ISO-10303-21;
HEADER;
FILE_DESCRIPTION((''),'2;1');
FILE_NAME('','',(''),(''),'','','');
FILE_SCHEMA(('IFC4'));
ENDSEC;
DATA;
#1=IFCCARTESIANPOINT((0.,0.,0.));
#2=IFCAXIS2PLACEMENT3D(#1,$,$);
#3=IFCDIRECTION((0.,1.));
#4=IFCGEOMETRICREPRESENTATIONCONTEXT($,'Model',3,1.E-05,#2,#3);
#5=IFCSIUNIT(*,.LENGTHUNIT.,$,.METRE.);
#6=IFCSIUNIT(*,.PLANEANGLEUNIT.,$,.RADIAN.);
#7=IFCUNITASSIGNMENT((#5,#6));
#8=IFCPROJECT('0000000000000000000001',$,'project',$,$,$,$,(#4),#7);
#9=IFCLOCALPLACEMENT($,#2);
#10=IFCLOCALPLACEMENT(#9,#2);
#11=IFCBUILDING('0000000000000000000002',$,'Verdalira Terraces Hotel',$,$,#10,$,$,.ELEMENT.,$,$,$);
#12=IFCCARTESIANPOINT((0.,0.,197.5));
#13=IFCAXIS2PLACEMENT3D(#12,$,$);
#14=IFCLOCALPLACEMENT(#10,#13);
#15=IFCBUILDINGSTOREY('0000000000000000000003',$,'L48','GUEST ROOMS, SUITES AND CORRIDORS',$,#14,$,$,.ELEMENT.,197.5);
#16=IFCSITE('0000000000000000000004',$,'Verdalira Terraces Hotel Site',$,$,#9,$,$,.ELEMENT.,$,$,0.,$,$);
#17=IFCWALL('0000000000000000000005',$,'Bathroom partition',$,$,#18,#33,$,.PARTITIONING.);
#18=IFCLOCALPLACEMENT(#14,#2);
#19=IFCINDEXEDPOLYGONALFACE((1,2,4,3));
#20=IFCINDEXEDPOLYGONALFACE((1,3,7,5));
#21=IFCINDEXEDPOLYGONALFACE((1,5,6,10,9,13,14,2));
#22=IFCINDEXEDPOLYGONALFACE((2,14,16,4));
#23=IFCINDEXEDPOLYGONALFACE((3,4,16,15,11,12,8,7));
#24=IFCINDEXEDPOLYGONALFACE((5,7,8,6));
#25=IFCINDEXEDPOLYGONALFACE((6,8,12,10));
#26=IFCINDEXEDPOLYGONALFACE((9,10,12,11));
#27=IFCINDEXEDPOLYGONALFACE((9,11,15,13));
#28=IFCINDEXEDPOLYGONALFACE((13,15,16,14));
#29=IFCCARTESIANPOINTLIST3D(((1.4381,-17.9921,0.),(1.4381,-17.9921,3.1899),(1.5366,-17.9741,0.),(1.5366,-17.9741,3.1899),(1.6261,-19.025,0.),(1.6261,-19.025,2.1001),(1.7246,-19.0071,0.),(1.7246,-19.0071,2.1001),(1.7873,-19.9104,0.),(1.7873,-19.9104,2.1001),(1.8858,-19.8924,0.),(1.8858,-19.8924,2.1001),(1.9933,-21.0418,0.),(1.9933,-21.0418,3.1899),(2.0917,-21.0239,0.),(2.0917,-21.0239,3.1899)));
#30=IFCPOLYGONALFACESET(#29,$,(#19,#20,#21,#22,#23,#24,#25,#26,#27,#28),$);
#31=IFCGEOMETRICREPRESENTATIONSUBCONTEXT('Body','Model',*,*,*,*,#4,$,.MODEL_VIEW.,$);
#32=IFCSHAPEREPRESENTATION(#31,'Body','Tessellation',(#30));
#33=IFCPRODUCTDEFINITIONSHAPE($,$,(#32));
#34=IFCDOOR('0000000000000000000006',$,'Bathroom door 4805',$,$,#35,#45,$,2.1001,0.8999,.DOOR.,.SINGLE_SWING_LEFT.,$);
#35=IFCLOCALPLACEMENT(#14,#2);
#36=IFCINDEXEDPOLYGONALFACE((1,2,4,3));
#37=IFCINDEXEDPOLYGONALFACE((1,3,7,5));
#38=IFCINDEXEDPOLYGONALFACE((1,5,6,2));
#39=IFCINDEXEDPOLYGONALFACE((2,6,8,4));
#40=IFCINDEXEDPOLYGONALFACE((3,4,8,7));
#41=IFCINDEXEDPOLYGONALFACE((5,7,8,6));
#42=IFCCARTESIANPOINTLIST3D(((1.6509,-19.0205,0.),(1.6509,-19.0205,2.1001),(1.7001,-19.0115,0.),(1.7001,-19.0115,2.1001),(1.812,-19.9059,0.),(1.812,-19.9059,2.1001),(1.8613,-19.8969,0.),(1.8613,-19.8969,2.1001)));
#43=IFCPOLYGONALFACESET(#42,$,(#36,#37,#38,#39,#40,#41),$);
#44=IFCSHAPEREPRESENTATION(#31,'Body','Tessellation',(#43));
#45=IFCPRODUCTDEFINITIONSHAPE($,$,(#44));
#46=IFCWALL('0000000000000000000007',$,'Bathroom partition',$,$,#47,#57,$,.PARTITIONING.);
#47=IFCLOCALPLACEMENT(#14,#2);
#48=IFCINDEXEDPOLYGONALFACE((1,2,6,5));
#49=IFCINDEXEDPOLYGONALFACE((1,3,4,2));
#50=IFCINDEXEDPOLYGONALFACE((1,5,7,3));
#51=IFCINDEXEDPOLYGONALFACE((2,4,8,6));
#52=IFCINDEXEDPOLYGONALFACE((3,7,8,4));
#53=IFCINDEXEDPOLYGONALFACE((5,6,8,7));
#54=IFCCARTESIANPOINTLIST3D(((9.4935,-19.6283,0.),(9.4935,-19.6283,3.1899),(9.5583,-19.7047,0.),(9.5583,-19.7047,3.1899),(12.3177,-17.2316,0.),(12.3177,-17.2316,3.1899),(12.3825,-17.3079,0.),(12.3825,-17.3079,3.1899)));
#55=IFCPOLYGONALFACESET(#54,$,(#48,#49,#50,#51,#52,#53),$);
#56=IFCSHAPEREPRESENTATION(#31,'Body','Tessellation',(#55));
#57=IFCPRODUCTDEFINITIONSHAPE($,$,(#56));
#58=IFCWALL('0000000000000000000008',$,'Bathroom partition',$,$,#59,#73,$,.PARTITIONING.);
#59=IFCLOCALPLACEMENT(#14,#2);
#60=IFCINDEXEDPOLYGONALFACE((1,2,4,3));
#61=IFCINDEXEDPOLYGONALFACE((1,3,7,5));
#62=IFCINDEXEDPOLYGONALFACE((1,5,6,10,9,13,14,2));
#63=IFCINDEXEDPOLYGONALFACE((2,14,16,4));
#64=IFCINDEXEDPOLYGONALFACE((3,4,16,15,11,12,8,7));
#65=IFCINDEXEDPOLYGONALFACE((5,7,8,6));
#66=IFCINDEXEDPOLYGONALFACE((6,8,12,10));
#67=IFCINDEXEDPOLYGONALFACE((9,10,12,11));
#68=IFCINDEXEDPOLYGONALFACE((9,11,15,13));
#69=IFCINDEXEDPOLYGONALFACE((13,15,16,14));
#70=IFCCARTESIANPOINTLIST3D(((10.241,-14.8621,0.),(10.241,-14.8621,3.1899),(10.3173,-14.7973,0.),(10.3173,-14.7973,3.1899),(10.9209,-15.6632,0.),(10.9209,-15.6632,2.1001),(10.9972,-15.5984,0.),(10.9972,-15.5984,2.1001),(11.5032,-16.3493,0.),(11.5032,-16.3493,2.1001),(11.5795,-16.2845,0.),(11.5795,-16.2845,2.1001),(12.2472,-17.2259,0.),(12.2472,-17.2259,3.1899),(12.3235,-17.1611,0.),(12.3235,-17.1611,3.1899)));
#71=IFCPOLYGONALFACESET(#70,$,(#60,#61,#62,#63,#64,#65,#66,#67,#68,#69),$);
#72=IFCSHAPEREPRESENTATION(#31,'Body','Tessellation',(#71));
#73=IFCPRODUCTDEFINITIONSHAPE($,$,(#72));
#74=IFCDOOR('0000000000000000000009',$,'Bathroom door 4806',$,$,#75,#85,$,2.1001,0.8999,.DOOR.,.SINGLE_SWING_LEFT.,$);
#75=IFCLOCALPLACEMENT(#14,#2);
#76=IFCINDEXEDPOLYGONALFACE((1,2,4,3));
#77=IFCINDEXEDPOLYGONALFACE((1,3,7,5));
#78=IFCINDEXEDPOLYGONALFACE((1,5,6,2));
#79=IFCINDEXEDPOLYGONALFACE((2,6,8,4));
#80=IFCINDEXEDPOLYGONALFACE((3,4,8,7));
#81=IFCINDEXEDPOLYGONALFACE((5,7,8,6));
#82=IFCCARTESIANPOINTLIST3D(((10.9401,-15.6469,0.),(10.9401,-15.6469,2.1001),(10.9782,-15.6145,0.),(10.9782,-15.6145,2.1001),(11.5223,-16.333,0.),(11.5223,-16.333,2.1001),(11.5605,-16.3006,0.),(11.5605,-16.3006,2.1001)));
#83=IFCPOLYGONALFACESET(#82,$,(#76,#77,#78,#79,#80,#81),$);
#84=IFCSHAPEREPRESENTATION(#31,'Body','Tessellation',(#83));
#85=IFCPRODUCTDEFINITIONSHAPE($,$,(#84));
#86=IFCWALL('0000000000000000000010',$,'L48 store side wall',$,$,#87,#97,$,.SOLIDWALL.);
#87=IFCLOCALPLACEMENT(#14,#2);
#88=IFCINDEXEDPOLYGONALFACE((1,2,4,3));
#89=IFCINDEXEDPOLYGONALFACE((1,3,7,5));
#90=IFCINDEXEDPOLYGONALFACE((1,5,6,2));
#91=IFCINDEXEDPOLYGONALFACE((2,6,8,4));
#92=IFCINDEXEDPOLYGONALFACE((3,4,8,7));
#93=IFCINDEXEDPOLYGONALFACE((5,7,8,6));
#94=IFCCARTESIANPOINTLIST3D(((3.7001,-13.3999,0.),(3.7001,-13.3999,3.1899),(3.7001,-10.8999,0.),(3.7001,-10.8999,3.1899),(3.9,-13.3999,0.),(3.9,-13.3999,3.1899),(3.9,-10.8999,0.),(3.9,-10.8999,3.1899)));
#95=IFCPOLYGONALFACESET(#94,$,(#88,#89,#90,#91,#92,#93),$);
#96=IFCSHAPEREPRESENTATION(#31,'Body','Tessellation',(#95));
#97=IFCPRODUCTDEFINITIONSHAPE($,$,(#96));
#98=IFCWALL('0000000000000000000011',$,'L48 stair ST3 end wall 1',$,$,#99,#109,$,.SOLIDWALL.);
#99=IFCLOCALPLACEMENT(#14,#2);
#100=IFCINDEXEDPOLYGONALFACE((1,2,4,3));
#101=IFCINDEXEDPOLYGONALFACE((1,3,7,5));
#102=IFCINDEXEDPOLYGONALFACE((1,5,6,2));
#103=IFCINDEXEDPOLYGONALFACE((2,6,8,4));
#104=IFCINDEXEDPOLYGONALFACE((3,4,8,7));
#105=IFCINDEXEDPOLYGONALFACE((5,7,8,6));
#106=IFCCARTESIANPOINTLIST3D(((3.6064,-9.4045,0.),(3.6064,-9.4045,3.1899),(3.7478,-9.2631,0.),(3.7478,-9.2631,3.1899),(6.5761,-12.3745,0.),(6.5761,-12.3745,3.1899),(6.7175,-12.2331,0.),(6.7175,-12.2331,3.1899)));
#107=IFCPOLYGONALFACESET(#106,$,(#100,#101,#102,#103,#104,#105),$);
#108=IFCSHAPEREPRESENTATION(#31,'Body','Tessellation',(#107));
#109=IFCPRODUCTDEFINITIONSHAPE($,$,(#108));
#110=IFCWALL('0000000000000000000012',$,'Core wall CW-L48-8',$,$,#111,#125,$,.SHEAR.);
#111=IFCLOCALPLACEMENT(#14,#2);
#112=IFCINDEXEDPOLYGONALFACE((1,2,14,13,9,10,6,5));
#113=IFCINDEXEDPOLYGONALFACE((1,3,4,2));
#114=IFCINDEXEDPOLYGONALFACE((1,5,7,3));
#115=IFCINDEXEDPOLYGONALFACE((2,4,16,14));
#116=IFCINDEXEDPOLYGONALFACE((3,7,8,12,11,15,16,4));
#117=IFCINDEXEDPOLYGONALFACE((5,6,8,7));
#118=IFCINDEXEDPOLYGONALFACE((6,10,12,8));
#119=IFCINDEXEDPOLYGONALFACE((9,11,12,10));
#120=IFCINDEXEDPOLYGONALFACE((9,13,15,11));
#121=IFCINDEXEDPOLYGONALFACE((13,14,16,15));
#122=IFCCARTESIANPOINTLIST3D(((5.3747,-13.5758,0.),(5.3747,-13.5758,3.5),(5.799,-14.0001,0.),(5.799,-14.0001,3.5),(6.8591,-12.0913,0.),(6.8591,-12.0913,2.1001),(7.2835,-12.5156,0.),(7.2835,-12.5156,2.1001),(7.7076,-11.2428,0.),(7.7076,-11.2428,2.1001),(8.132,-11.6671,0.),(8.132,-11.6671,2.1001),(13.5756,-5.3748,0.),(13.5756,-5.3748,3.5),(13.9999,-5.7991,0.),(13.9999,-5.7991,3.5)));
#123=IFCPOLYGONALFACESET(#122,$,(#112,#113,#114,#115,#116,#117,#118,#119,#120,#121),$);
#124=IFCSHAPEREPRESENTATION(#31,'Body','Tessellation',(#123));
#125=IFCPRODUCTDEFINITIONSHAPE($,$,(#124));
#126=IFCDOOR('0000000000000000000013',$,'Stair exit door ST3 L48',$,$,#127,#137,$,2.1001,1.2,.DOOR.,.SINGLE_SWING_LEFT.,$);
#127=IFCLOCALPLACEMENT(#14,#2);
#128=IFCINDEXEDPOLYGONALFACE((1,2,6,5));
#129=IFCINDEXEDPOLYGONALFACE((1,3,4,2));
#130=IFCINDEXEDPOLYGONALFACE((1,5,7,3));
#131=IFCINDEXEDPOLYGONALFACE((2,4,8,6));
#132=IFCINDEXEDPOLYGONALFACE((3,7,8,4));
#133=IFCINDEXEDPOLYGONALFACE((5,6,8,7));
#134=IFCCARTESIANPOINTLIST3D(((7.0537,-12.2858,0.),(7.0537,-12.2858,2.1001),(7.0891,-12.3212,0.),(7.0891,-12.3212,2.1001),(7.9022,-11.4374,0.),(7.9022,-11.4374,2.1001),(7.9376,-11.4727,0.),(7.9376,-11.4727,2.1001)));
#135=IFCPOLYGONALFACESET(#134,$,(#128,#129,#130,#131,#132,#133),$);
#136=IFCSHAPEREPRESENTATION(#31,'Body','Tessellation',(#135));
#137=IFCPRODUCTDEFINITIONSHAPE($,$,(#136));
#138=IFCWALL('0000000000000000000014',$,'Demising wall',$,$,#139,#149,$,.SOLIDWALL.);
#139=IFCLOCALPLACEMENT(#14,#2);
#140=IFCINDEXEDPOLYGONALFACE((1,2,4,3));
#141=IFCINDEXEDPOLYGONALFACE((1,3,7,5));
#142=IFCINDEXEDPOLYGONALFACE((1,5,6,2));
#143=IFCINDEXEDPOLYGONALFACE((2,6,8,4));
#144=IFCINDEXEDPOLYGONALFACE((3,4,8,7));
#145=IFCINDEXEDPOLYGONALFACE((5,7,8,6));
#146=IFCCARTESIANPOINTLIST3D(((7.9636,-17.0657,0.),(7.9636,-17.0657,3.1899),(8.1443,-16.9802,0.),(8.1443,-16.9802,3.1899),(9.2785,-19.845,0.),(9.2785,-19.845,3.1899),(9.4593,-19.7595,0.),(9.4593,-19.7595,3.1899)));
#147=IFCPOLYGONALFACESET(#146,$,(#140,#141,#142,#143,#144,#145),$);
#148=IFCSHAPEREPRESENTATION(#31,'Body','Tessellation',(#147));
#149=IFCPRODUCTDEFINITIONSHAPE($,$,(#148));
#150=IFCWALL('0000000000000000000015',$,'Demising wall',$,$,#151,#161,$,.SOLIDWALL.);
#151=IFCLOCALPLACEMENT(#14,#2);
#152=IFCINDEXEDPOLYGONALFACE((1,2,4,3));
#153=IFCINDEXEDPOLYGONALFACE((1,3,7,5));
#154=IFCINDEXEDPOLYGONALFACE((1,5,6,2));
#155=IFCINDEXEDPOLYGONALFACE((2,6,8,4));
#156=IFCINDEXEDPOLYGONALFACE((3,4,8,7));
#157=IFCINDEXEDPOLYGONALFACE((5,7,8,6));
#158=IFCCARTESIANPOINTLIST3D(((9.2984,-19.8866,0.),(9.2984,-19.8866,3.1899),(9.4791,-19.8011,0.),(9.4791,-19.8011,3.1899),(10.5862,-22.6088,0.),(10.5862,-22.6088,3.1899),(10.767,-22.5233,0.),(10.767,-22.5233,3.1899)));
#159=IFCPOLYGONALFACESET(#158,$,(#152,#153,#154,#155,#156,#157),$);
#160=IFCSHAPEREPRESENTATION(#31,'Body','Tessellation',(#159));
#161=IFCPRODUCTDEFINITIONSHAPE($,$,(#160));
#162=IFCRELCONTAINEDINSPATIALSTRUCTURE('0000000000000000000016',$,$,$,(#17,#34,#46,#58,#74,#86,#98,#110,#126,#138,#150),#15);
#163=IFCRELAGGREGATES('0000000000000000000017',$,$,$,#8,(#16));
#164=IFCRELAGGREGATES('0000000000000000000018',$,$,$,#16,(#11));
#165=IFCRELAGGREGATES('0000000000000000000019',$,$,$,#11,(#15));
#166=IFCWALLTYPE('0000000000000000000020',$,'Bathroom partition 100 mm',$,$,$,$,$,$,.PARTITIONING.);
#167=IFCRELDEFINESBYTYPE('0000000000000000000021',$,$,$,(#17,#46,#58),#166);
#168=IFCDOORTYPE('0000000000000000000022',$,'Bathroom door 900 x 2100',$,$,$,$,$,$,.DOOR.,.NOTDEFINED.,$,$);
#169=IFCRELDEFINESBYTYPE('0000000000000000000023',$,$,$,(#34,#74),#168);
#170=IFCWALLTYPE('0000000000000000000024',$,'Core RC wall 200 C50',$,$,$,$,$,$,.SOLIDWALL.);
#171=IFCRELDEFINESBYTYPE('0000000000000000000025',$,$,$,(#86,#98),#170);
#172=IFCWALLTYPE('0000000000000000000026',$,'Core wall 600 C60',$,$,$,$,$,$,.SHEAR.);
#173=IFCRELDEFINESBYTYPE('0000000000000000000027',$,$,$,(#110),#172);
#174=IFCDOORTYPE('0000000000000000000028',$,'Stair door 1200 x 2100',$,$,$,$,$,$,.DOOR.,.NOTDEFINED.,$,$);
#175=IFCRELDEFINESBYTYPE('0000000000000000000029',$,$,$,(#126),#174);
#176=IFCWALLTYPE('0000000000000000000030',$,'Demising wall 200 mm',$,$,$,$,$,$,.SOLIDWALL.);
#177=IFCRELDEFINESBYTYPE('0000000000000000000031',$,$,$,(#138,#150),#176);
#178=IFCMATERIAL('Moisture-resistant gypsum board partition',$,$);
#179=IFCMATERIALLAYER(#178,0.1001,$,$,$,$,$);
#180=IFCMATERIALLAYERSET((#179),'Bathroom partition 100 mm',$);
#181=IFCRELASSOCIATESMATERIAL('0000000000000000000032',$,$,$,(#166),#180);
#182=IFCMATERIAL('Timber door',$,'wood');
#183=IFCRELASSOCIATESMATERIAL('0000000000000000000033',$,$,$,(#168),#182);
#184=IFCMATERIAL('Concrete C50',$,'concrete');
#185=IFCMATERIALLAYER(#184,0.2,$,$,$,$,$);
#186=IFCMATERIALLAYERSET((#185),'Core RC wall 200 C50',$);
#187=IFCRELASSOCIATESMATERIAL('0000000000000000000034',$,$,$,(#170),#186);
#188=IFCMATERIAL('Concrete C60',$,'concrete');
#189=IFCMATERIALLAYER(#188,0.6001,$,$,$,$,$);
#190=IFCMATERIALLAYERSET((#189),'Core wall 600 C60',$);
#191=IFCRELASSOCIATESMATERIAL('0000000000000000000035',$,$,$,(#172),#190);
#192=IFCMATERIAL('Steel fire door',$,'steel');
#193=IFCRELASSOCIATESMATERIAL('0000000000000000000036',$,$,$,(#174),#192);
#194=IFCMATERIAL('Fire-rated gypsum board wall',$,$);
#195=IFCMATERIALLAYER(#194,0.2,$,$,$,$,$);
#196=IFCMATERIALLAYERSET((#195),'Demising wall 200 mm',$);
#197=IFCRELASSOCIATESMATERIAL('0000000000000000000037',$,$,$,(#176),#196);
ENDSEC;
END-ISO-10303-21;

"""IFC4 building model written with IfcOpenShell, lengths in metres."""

from ifc_helpers import new_model, si_unit, direction, frame, frame_2d, origin, place, context, subcontext, project, spatial, rectangle, extrude, material, layer, layer_set, type_object, element, fill, save


model = new_model("IFC4")

# Units and contexts
model_context = context("Model", 3, precision=1e-05, world=origin(), true_north=direction((0.0, 1.0)))
body_context = subcontext(model_context, "Body", "Model", "MODEL_VIEW")
ifc_project = project(units=[si_unit("LENGTHUNIT", "METRE"), si_unit("PLANEANGLEUNIT", "RADIAN")], contexts=[model_context])

# Site, building, storey
site_placement = place(None, origin())
site = spatial("IfcSite", under=ifc_project, at=site_placement, Name="Verdalira Terraces Hotel Site", CompositionType="ELEMENT", RefElevation=0.0)
building_placement = place(site_placement, origin())
building = spatial("IfcBuilding", under=site, at=building_placement, Name="Verdalira Terraces Hotel", CompositionType="ELEMENT")
storey_placement = place(building_placement, frame((0.0, 0.0, 197.5)))
storey = spatial("IfcBuildingStorey", under=building, at=storey_placement, Name="L48", Description="GUEST ROOMS, SUITES AND CORRIDORS", CompositionType="ELEMENT", Elevation=197.5)

# Shared definitions
ifc_material_1 = material(Name="Moisture-resistant gypsum board partition")
ifc_layer_1 = layer(ifc_material_1, 0.1001)
ifc_layer_set_1 = layer_set([ifc_layer_1], Name="Bathroom partition 100 mm")
wall_type_1 = type_object("IfcWallType", Name="Bathroom partition 100 mm", PredefinedType="PARTITIONING", material=ifc_layer_set_1)

# Wall, opening, door
wall_1_placement = place(storey_placement, frame((2.0425, -21.0327, 0.0), z_axis=(0.0, 0.0, 1.0), x_axis=(-0.179093, 0.983832, 0.0)))
wall_1 = element("IfcWall", 1, at=wall_1_placement, inside=storey, type_object=wall_type_1, Name="Bathroom partition", PredefinedType="PARTITIONING", context=body_context, shape_type="SweptSolid", body=[
    extrude(rectangle(XDim=3.0999, YDim=0.1001, at=frame_2d((1.5498, 0.0))), origin(), (0.0, 0.0, 1.0), 3.1899),
])
opening_1_placement = place(wall_1_placement, frame((1.1499, 0.0, 0.0)))
opening_1 = element("IfcOpeningElement", 2, at=opening_1_placement, cuts=wall_1, PredefinedType="OPENING", context=body_context, shape_type="SweptSolid", body=[
    extrude(rectangle(XDim=0.8999, YDim=2.1001, at=frame_2d((0.45, 1.05))), frame((0.0, 0.0601, 0.0), z_axis=(0.0, -1.0, 0.0), x_axis=(1.0, 0.0, 0.0)), (0.0, 0.0, 1.0), 0.1201),
])
ifc_material_2 = material(Name="Timber door", Category="wood")
door_type_1 = type_object("IfcDoorType", Name="Bathroom door 900 x 2100", OperationType="NOTDEFINED", PredefinedType="DOOR", material=ifc_material_2)
door_1_placement = place(opening_1_placement, origin())
door_1 = element("IfcDoor", 3, at=door_1_placement, inside=storey, type_object=door_type_1, Name="Bathroom door 4805", OperationType="SINGLE_SWING_LEFT", OverallHeight=2.1001, OverallWidth=0.8999, PredefinedType="DOOR", context=body_context, shape_type="SweptSolid", body=[
    extrude(rectangle(XDim=0.8999, YDim=2.1001, at=frame_2d((0.45, 1.05))), frame((0.0, 0.0249, 0.0), z_axis=(0.0, -1.0, 0.0), x_axis=(1.0, 0.0, 0.0)), (0.0, 0.0, 1.0), 0.05),
])
fill(opening_1, door_1)

# Wall
wall_2_placement = place(storey_placement, frame((9.5259, -19.6665, 0.0), z_axis=(0.0, 0.0, 1.0), x_axis=(0.762453, 0.647044, 0.0)))
element("IfcWall", 4, at=wall_2_placement, inside=storey, type_object=wall_type_1, Name="Bathroom partition", PredefinedType="PARTITIONING", context=body_context, shape_type="SweptSolid", body=[
    extrude(rectangle(XDim=3.7041, YDim=0.1001, at=frame_2d((1.8521, 0.0))), origin(), (0.0, 0.0, 1.0), 3.1899),
])

# Wall, opening, door
wall_3_placement = place(storey_placement, frame((12.2854, -17.1936, 0.0), z_axis=(0.0, 0.0, 1.0), x_axis=(-0.647068, 0.762433, 0.0)))
wall_3 = element("IfcWall", 5, at=wall_3_placement, inside=storey, type_object=wall_type_1, Name="Bathroom partition", PredefinedType="PARTITIONING", context=body_context, shape_type="SweptSolid", body=[
    extrude(rectangle(XDim=3.1003, YDim=0.1001, at=frame_2d((1.5503, 0.0))), origin(), (0.0, 0.0, 1.0), 3.1899),
])
opening_2_placement = place(wall_3_placement, frame((1.1499, 0.0, 0.0)))
opening_2 = element("IfcOpeningElement", 6, at=opening_2_placement, cuts=wall_3, PredefinedType="OPENING", context=body_context, shape_type="SweptSolid", body=[
    extrude(rectangle(XDim=0.8999, YDim=2.1001, at=frame_2d((0.45, 1.05))), frame((0.0, 0.0601, 0.0), z_axis=(0.0, -1.0, 0.0), x_axis=(1.0, 0.0, 0.0)), (0.0, 0.0, 1.0), 0.1201),
])
door_2_placement = place(opening_2_placement, origin())
door_2 = element("IfcDoor", 7, at=door_2_placement, inside=storey, type_object=door_type_1, Name="Bathroom door 4806", OperationType="SINGLE_SWING_LEFT", OverallHeight=2.1001, OverallWidth=0.8999, PredefinedType="DOOR", context=body_context, shape_type="SweptSolid", body=[
    extrude(rectangle(XDim=0.8999, YDim=2.1001, at=frame_2d((0.45, 1.05))), frame((0.0, 0.0249, 0.0), z_axis=(0.0, -1.0, 0.0), x_axis=(1.0, 0.0, 0.0)), (0.0, 0.0, 1.0), 0.05),
])
fill(opening_2, door_2)

# Walls
ifc_material_3 = material(Name="Concrete C50", Category="concrete")
ifc_layer_2 = layer(ifc_material_3, 0.2)
ifc_layer_set_2 = layer_set([ifc_layer_2], Name="Core RC wall 200 C50")
wall_type_2 = type_object("IfcWallType", Name="Core RC wall 200 C50", PredefinedType="SOLIDWALL", material=ifc_layer_set_2)
wall_4_placement = place(storey_placement, frame((3.8, -10.8999, 0.0), z_axis=(0.0, 0.0, 1.0), x_axis=(0.0, -1.0, 0.0)))
element("IfcWall", 8, at=wall_4_placement, inside=storey, type_object=wall_type_2, Name="L48 store side wall", PredefinedType="SOLIDWALL", context=body_context, shape_type="SweptSolid", body=[
    extrude(rectangle(XDim=2.5, YDim=0.2, at=frame_2d((1.25, 0.0))), origin(), (0.0, 0.0, 1.0), 3.1899),
])
wall_5_placement = place(storey_placement, frame((3.677, -9.3337, 0.0), z_axis=(0.0, 0.0, 1.0), x_axis=(0.707078, -0.707136, 0.0)))
element("IfcWall", 9, at=wall_5_placement, inside=storey, type_object=wall_type_2, Name="L48 stair ST3 end wall 1", PredefinedType="SOLIDWALL", context=body_context, shape_type="SweptSolid", body=[
    extrude(rectangle(XDim=4.2, YDim=0.2, at=frame_2d((2.1001, 0.0))), origin(), (0.0, 0.0, 1.0), 3.1899),
])

# Wall, opening, door
ifc_material_4 = material(Name="Concrete C60", Category="concrete")
ifc_layer_3 = layer(ifc_material_4, 0.6001)
ifc_layer_set_3 = layer_set([ifc_layer_3], Name="Core wall 600 C60")
wall_type_3 = type_object("IfcWallType", Name="Core wall 600 C60", PredefinedType="SHEAR", material=ifc_layer_set_3)
wall_6_placement = place(storey_placement, frame((5.5869, -13.7878, 0.0), z_axis=(0.0, 0.0, 1.0), x_axis=(0.707107, 0.707107, 0.0)))
wall_6 = element("IfcWall", 10, at=wall_6_placement, inside=storey, type_object=wall_type_3, Name="Core wall CW-L48-8", PredefinedType="SHEAR", context=body_context, shape_type="SweptSolid", body=[
    extrude(rectangle(XDim=11.5979, YDim=0.6001, at=frame_2d((5.7988, 0.0))), origin(), (0.0, 0.0, 1.0), 3.5),
])
opening_3_placement = place(wall_6_placement, frame((2.0991, 0.0, 0.0)))
opening_3 = element("IfcOpeningElement", 11, at=opening_3_placement, cuts=wall_6, PredefinedType="OPENING", context=body_context, shape_type="SweptSolid", body=[
    extrude(rectangle(XDim=1.2, YDim=2.1001, at=frame_2d((0.6001, 1.05))), frame((0.0, 0.3101, 0.0), z_axis=(0.0, -1.0, 0.0), x_axis=(1.0, 0.0, 0.0)), (0.0, 0.0, 1.0), 0.6201),
])
ifc_material_5 = material(Name="Steel fire door", Category="steel")
door_type_2 = type_object("IfcDoorType", Name="Stair door 1200 x 2100", OperationType="NOTDEFINED", PredefinedType="DOOR", material=ifc_material_5)
door_3_placement = place(opening_3_placement, origin())
door_3 = element("IfcDoor", 12, at=door_3_placement, inside=storey, type_object=door_type_2, Name="Stair exit door ST3 L48", OperationType="SINGLE_SWING_LEFT", OverallHeight=2.1001, OverallWidth=1.2, PredefinedType="DOOR", context=body_context, shape_type="SweptSolid", body=[
    extrude(rectangle(XDim=1.2, YDim=2.1001, at=frame_2d((0.6001, 1.05))), frame((0.0, 0.0249, 0.0), z_axis=(0.0, -1.0, 0.0), x_axis=(1.0, 0.0, 0.0)), (0.0, 0.0, 1.0), 0.05),
])
fill(opening_3, door_3)

# Walls
ifc_material_6 = material(Name="Fire-rated gypsum board wall")
ifc_layer_4 = layer(ifc_material_6, 0.2)
ifc_layer_set_4 = layer_set([ifc_layer_4], Name="Demising wall 200 mm")
wall_type_4 = type_object("IfcWallType", Name="Demising wall 200 mm", PredefinedType="SOLIDWALL", material=ifc_layer_set_4)
wall_7_placement = place(storey_placement, frame((8.054, -17.0229, 0.0), z_axis=(0.0, 0.0, 1.0), x_axis=(0.42767, -0.903935, 0.0)))
element("IfcWall", 13, at=wall_7_placement, inside=storey, type_object=wall_type_4, Name="Demising wall", PredefinedType="SOLIDWALL", context=body_context, shape_type="SweptSolid", body=[
    extrude(rectangle(XDim=3.0747, YDim=0.2, at=frame_2d((1.5374, 0.0))), origin(), (0.0, 0.0, 1.0), 3.1899),
])
wall_8_placement = place(storey_placement, frame((9.3887, -19.8438, 0.0), z_axis=(0.0, 0.0, 1.0), x_axis=(0.427651, -0.903944, 0.0)))
element("IfcWall", 14, at=wall_8_placement, inside=storey, type_object=wall_type_4, Name="Demising wall", PredefinedType="SOLIDWALL", context=body_context, shape_type="SweptSolid", body=[
    extrude(rectangle(XDim=3.0115, YDim=0.2, at=frame_2d((1.5059, 0.0))), origin(), (0.0, 0.0, 1.0), 3.1899),
])

save(model, "model.ifc")
